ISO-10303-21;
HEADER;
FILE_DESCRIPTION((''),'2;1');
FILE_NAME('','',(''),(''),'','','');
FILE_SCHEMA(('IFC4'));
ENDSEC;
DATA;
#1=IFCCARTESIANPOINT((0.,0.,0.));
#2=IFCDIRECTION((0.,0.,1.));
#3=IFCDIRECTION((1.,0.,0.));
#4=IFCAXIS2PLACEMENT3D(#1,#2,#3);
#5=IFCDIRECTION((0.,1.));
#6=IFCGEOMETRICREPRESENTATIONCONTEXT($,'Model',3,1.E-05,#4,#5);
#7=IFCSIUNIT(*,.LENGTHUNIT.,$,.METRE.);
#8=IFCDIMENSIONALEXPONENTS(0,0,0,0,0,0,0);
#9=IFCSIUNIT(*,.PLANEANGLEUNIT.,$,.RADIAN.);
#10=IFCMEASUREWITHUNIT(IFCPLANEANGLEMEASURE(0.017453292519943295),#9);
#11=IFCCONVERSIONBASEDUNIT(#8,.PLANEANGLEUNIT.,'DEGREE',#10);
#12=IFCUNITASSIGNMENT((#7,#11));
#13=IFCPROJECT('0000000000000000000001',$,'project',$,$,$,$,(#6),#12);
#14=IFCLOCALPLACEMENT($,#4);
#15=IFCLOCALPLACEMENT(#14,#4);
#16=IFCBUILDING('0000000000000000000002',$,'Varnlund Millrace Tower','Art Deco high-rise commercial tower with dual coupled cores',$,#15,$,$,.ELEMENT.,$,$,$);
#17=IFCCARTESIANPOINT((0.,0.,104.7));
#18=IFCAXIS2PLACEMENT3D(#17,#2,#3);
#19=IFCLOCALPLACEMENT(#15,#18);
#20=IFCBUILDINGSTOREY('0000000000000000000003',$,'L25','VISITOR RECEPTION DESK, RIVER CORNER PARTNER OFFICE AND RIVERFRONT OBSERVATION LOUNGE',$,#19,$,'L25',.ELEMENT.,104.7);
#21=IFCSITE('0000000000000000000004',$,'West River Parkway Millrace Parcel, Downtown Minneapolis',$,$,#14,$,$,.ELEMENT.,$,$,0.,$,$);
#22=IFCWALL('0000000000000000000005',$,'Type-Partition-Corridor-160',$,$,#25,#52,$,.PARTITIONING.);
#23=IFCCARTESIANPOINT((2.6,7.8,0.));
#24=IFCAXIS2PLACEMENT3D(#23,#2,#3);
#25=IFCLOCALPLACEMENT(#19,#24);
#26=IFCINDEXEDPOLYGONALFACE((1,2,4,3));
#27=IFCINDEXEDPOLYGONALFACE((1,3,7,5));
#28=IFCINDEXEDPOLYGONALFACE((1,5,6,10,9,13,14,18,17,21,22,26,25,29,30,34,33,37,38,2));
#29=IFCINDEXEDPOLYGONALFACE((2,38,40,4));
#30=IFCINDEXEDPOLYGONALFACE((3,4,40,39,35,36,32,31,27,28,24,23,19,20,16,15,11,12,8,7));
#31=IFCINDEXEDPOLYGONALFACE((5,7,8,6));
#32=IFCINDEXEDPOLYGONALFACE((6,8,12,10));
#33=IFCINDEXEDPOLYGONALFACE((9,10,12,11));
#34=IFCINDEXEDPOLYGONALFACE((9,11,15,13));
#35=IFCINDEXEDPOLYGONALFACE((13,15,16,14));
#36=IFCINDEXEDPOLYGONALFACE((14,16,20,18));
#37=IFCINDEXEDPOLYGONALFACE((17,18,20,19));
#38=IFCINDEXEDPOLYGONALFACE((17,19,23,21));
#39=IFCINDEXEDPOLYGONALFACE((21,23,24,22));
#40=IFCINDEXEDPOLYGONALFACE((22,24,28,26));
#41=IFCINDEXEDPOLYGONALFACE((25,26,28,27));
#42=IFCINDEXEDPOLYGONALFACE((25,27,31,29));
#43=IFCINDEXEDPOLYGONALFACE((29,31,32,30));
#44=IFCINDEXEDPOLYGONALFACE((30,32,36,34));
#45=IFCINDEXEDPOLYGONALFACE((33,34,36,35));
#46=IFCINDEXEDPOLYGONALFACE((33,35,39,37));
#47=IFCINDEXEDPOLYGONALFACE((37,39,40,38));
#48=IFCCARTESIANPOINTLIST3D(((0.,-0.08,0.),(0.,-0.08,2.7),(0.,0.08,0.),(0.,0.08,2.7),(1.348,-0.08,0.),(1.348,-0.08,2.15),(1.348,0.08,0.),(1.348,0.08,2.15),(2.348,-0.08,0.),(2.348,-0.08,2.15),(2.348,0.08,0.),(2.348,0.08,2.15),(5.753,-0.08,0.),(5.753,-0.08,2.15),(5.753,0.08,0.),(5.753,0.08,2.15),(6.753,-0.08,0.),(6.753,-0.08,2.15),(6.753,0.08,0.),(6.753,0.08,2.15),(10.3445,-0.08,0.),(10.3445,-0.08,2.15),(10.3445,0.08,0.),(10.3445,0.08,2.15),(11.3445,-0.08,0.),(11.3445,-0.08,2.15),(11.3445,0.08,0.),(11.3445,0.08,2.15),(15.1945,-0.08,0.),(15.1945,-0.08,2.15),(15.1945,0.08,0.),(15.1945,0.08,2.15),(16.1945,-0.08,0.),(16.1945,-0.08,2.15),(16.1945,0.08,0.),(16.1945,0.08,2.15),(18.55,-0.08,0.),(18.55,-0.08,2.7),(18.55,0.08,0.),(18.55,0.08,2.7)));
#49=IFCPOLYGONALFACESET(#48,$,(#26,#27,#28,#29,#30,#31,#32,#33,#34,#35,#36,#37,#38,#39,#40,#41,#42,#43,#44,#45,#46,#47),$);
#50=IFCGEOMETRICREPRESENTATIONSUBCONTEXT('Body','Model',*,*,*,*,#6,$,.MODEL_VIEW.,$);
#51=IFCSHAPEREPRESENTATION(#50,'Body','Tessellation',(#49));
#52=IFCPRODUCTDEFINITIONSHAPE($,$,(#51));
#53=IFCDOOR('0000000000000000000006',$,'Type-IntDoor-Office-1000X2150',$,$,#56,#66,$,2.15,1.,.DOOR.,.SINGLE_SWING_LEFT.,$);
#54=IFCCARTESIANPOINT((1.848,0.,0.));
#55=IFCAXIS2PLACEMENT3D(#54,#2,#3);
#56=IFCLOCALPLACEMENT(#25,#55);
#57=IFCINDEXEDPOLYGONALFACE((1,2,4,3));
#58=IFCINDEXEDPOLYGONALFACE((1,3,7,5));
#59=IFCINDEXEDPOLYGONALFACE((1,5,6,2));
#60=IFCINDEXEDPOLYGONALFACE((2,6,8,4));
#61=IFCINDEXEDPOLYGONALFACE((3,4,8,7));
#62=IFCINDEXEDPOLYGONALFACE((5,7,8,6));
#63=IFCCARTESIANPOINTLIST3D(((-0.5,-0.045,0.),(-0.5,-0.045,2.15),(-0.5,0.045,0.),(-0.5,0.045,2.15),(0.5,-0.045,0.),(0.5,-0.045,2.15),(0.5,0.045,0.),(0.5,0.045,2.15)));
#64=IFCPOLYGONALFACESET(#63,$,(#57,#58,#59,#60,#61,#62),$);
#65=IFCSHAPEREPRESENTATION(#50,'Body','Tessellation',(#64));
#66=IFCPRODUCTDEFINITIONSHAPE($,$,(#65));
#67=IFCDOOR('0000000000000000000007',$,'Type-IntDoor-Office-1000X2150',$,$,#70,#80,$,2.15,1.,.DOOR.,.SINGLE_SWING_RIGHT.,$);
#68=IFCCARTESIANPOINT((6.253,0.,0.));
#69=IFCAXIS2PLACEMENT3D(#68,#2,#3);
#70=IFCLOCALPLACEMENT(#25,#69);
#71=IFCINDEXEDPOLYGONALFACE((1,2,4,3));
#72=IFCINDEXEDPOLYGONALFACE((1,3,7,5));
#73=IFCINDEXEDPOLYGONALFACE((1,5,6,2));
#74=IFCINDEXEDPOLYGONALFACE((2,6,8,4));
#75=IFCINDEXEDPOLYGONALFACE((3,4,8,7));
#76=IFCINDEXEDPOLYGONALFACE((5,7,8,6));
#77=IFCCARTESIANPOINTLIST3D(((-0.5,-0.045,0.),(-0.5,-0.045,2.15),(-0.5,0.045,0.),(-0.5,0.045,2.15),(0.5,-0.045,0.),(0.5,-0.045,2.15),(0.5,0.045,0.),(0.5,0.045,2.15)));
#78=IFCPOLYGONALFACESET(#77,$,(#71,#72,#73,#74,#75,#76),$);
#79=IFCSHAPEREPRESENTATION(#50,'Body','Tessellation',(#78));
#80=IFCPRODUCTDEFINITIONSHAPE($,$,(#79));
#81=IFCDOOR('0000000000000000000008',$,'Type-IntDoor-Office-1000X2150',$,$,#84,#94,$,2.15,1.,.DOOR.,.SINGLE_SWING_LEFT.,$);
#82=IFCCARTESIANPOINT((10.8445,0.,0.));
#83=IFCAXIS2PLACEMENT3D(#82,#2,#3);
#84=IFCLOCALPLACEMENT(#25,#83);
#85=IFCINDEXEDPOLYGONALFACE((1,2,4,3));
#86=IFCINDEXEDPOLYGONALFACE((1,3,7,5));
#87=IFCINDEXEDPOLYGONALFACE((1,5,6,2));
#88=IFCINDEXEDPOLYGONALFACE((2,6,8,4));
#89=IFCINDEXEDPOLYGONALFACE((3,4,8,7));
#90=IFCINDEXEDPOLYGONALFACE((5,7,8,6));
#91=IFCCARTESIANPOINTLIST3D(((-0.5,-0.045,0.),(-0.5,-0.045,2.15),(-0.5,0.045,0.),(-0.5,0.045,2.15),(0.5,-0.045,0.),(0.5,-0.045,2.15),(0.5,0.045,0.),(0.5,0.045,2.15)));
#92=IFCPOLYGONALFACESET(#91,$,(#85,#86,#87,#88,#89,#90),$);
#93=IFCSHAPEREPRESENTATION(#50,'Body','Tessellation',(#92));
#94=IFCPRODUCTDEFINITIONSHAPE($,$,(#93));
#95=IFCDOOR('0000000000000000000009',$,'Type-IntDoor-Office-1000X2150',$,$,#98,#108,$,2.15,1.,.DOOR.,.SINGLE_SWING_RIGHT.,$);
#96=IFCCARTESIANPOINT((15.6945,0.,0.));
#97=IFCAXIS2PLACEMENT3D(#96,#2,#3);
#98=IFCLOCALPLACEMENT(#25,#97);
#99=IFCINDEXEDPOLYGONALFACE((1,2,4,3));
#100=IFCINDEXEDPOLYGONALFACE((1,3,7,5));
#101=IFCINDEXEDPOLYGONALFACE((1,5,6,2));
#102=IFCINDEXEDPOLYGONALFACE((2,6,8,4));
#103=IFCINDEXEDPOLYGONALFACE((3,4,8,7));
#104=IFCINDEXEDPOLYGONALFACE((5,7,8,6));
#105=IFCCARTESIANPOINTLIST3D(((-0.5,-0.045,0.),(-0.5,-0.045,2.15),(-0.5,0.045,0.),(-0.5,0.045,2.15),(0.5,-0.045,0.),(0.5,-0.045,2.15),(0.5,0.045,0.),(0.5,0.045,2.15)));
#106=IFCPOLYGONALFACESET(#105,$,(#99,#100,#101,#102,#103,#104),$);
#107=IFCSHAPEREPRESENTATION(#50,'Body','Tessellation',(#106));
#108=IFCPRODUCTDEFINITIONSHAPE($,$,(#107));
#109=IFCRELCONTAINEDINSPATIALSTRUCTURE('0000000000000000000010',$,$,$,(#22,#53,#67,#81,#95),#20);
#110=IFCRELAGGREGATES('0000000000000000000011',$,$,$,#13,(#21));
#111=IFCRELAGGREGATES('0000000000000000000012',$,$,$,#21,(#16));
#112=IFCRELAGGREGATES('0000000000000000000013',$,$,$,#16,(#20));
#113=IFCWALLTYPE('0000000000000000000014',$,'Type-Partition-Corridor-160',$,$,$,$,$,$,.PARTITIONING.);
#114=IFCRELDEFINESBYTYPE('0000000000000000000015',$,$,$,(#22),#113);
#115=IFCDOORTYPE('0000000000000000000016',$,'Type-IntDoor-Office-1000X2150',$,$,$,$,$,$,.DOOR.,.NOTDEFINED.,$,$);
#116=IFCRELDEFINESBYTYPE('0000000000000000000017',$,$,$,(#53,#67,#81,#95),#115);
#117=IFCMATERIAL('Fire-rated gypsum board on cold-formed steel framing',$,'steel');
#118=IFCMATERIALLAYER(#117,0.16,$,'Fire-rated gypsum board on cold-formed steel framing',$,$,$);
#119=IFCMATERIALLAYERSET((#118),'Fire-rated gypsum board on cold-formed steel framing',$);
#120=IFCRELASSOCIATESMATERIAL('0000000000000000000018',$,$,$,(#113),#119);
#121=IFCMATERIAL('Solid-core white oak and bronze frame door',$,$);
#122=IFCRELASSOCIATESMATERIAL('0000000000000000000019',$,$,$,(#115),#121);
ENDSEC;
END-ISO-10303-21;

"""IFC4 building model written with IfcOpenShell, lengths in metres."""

from ifc_helpers import new_model, entity, si_unit, converted_unit, direction, frame, origin_with_axes, origin_2d_with_axis, place, context, subcontext, project, spatial, polyline, rectangle, outline, extrude, material, layer, layer_set, type_object, element, fill, save


model = new_model("IFC4")

# Units and contexts
model_context = context("Model", 3, precision=1e-05, world=origin_with_axes(), true_north=direction((0.0, 1.0)))
body_context = subcontext(model_context, "Body", "Model", "MODEL_VIEW")
ifc_project = project(units=[si_unit("LENGTHUNIT", "METRE"), converted_unit("PLANEANGLEUNIT", "DEGREE", entity("IfcPlaneAngleMeasure", 0.017453292519943295), si_unit("PLANEANGLEUNIT", "RADIAN"), dimensions=[0, 0, 0, 0, 0, 0, 0])], contexts=[model_context])

# Site, building, storey
site_placement = place(None, origin_with_axes())
site = spatial("IfcSite", under=ifc_project, at=site_placement, Name="West River Parkway Millrace Parcel, Downtown Minneapolis", CompositionType="ELEMENT", RefElevation=0.0)
building_placement = place(site_placement, origin_with_axes())
building = spatial("IfcBuilding", under=site, at=building_placement, Name="Varnlund Millrace Tower", Description="Art Deco high-rise commercial tower with dual coupled cores", CompositionType="ELEMENT")
storey_placement = place(building_placement, frame((0.0, 0.0, 104.7), z_axis=(0.0, 0.0, 1.0), x_axis=(1.0, 0.0, 0.0)))
storey = spatial("IfcBuildingStorey", under=building, at=storey_placement, Name="L25", Description="VISITOR RECEPTION DESK, RIVER CORNER PARTNER OFFICE AND RIVERFRONT OBSERVATION LOUNGE", LongName="L25", CompositionType="ELEMENT", Elevation=104.7)

# Wall, openings, doors
ifc_material_1 = material(Name="Fire-rated gypsum board on cold-formed steel framing", Category="steel")
ifc_layer_1 = layer(ifc_material_1, 0.16, Name="Fire-rated gypsum board on cold-formed steel framing")
ifc_layer_set_1 = layer_set([ifc_layer_1], Name="Fire-rated gypsum board on cold-formed steel framing")
wall_type_1 = type_object("IfcWallType", Name="Type-Partition-Corridor-160", PredefinedType="PARTITIONING", material=ifc_layer_set_1)
wall_1_placement = place(storey_placement, frame((2.6, 7.8, 0.0), z_axis=(0.0, 0.0, 1.0), x_axis=(1.0, 0.0, 0.0)))
wall_1 = element("IfcWall", 1, at=wall_1_placement, inside=storey, type_object=wall_type_1, Name="Type-Partition-Corridor-160", PredefinedType="PARTITIONING", context=body_context, shape_type="SweptSolid", body=[
    extrude(outline(polyline([(0.0, -0.08), (18.55, -0.08), (18.55, 0.08), (0.0, 0.08), (0.0, -0.08)])), origin_with_axes(), (0.0, 0.0, 1.0), 2.7),
])
opening_1_placement = place(wall_1_placement, frame((1.848, 0.0, 0.0), z_axis=(0.0, 0.0, 1.0), x_axis=(1.0, 0.0, 0.0)))
opening_1 = element("IfcOpeningElement", 2, at=opening_1_placement, cuts=wall_1, PredefinedType="OPENING", context=body_context, shape_type="SweptSolid", body=[
    extrude(rectangle(XDim=1.0, YDim=0.18, at=origin_2d_with_axis()), origin_with_axes(), (0.0, 0.0, 1.0), 2.15),
])
opening_2_placement = place(wall_1_placement, frame((6.253, 0.0, 0.0), z_axis=(0.0, 0.0, 1.0), x_axis=(1.0, 0.0, 0.0)))
opening_2 = element("IfcOpeningElement", 3, at=opening_2_placement, cuts=wall_1, PredefinedType="OPENING", context=body_context, shape_type="SweptSolid", body=[
    extrude(rectangle(XDim=1.0, YDim=0.18, at=origin_2d_with_axis()), origin_with_axes(), (0.0, 0.0, 1.0), 2.15),
])
opening_3_placement = place(wall_1_placement, frame((10.8445, 0.0, 0.0), z_axis=(0.0, 0.0, 1.0), x_axis=(1.0, 0.0, 0.0)))
opening_3 = element("IfcOpeningElement", 4, at=opening_3_placement, cuts=wall_1, PredefinedType="OPENING", context=body_context, shape_type="SweptSolid", body=[
    extrude(rectangle(XDim=1.0, YDim=0.18, at=origin_2d_with_axis()), origin_with_axes(), (0.0, 0.0, 1.0), 2.15),
])
opening_4_placement = place(wall_1_placement, frame((15.6945, 0.0, 0.0), z_axis=(0.0, 0.0, 1.0), x_axis=(1.0, 0.0, 0.0)))
opening_4 = element("IfcOpeningElement", 5, at=opening_4_placement, cuts=wall_1, PredefinedType="OPENING", context=body_context, shape_type="SweptSolid", body=[
    extrude(rectangle(XDim=1.0, YDim=0.18, at=origin_2d_with_axis()), origin_with_axes(), (0.0, 0.0, 1.0), 2.15),
])
ifc_material_2 = material(Name="Solid-core white oak and bronze frame door")
door_type_1 = type_object("IfcDoorType", Name="Type-IntDoor-Office-1000X2150", OperationType="NOTDEFINED", PredefinedType="DOOR", material=ifc_material_2)
door_1_placement = place(wall_1_placement, frame((1.848, 0.0, 0.0), z_axis=(0.0, 0.0, 1.0), x_axis=(1.0, 0.0, 0.0)))
door_1 = element("IfcDoor", 6, at=door_1_placement, inside=storey, type_object=door_type_1, Name="Type-IntDoor-Office-1000X2150", OperationType="SINGLE_SWING_LEFT", OverallHeight=2.15, OverallWidth=1.0, PredefinedType="DOOR", context=body_context, shape_type="SweptSolid", body=[
    extrude(rectangle(XDim=1.0, YDim=0.09, at=origin_2d_with_axis()), origin_with_axes(), (0.0, 0.0, 1.0), 2.15),
])
fill(opening_1, door_1)
door_2_placement = place(wall_1_placement, frame((6.253, 0.0, 0.0), z_axis=(0.0, 0.0, 1.0), x_axis=(1.0, 0.0, 0.0)))
door_2 = element("IfcDoor", 7, at=door_2_placement, inside=storey, type_object=door_type_1, Name="Type-IntDoor-Office-1000X2150", OperationType="SINGLE_SWING_RIGHT", OverallHeight=2.15, OverallWidth=1.0, PredefinedType="DOOR", context=body_context, shape_type="SweptSolid", body=[
    extrude(rectangle(XDim=1.0, YDim=0.09, at=origin_2d_with_axis()), origin_with_axes(), (0.0, 0.0, 1.0), 2.15),
])
fill(opening_2, door_2)
door_3_placement = place(wall_1_placement, frame((10.8445, 0.0, 0.0), z_axis=(0.0, 0.0, 1.0), x_axis=(1.0, 0.0, 0.0)))
door_3 = element("IfcDoor", 8, at=door_3_placement, inside=storey, type_object=door_type_1, Name="Type-IntDoor-Office-1000X2150", OperationType="SINGLE_SWING_LEFT", OverallHeight=2.15, OverallWidth=1.0, PredefinedType="DOOR", context=body_context, shape_type="SweptSolid", body=[
    extrude(rectangle(XDim=1.0, YDim=0.09, at=origin_2d_with_axis()), origin_with_axes(), (0.0, 0.0, 1.0), 2.15),
])
fill(opening_3, door_3)
door_4_placement = place(wall_1_placement, frame((15.6945, 0.0, 0.0), z_axis=(0.0, 0.0, 1.0), x_axis=(1.0, 0.0, 0.0)))
door_4 = element("IfcDoor", 9, at=door_4_placement, inside=storey, type_object=door_type_1, Name="Type-IntDoor-Office-1000X2150", OperationType="SINGLE_SWING_RIGHT", OverallHeight=2.15, OverallWidth=1.0, PredefinedType="DOOR", context=body_context, shape_type="SweptSolid", body=[
    extrude(rectangle(XDim=1.0, YDim=0.09, at=origin_2d_with_axis()), origin_with_axes(), (0.0, 0.0, 1.0), 2.15),
])
fill(opening_4, door_4)

save(model, "model.ifc")
